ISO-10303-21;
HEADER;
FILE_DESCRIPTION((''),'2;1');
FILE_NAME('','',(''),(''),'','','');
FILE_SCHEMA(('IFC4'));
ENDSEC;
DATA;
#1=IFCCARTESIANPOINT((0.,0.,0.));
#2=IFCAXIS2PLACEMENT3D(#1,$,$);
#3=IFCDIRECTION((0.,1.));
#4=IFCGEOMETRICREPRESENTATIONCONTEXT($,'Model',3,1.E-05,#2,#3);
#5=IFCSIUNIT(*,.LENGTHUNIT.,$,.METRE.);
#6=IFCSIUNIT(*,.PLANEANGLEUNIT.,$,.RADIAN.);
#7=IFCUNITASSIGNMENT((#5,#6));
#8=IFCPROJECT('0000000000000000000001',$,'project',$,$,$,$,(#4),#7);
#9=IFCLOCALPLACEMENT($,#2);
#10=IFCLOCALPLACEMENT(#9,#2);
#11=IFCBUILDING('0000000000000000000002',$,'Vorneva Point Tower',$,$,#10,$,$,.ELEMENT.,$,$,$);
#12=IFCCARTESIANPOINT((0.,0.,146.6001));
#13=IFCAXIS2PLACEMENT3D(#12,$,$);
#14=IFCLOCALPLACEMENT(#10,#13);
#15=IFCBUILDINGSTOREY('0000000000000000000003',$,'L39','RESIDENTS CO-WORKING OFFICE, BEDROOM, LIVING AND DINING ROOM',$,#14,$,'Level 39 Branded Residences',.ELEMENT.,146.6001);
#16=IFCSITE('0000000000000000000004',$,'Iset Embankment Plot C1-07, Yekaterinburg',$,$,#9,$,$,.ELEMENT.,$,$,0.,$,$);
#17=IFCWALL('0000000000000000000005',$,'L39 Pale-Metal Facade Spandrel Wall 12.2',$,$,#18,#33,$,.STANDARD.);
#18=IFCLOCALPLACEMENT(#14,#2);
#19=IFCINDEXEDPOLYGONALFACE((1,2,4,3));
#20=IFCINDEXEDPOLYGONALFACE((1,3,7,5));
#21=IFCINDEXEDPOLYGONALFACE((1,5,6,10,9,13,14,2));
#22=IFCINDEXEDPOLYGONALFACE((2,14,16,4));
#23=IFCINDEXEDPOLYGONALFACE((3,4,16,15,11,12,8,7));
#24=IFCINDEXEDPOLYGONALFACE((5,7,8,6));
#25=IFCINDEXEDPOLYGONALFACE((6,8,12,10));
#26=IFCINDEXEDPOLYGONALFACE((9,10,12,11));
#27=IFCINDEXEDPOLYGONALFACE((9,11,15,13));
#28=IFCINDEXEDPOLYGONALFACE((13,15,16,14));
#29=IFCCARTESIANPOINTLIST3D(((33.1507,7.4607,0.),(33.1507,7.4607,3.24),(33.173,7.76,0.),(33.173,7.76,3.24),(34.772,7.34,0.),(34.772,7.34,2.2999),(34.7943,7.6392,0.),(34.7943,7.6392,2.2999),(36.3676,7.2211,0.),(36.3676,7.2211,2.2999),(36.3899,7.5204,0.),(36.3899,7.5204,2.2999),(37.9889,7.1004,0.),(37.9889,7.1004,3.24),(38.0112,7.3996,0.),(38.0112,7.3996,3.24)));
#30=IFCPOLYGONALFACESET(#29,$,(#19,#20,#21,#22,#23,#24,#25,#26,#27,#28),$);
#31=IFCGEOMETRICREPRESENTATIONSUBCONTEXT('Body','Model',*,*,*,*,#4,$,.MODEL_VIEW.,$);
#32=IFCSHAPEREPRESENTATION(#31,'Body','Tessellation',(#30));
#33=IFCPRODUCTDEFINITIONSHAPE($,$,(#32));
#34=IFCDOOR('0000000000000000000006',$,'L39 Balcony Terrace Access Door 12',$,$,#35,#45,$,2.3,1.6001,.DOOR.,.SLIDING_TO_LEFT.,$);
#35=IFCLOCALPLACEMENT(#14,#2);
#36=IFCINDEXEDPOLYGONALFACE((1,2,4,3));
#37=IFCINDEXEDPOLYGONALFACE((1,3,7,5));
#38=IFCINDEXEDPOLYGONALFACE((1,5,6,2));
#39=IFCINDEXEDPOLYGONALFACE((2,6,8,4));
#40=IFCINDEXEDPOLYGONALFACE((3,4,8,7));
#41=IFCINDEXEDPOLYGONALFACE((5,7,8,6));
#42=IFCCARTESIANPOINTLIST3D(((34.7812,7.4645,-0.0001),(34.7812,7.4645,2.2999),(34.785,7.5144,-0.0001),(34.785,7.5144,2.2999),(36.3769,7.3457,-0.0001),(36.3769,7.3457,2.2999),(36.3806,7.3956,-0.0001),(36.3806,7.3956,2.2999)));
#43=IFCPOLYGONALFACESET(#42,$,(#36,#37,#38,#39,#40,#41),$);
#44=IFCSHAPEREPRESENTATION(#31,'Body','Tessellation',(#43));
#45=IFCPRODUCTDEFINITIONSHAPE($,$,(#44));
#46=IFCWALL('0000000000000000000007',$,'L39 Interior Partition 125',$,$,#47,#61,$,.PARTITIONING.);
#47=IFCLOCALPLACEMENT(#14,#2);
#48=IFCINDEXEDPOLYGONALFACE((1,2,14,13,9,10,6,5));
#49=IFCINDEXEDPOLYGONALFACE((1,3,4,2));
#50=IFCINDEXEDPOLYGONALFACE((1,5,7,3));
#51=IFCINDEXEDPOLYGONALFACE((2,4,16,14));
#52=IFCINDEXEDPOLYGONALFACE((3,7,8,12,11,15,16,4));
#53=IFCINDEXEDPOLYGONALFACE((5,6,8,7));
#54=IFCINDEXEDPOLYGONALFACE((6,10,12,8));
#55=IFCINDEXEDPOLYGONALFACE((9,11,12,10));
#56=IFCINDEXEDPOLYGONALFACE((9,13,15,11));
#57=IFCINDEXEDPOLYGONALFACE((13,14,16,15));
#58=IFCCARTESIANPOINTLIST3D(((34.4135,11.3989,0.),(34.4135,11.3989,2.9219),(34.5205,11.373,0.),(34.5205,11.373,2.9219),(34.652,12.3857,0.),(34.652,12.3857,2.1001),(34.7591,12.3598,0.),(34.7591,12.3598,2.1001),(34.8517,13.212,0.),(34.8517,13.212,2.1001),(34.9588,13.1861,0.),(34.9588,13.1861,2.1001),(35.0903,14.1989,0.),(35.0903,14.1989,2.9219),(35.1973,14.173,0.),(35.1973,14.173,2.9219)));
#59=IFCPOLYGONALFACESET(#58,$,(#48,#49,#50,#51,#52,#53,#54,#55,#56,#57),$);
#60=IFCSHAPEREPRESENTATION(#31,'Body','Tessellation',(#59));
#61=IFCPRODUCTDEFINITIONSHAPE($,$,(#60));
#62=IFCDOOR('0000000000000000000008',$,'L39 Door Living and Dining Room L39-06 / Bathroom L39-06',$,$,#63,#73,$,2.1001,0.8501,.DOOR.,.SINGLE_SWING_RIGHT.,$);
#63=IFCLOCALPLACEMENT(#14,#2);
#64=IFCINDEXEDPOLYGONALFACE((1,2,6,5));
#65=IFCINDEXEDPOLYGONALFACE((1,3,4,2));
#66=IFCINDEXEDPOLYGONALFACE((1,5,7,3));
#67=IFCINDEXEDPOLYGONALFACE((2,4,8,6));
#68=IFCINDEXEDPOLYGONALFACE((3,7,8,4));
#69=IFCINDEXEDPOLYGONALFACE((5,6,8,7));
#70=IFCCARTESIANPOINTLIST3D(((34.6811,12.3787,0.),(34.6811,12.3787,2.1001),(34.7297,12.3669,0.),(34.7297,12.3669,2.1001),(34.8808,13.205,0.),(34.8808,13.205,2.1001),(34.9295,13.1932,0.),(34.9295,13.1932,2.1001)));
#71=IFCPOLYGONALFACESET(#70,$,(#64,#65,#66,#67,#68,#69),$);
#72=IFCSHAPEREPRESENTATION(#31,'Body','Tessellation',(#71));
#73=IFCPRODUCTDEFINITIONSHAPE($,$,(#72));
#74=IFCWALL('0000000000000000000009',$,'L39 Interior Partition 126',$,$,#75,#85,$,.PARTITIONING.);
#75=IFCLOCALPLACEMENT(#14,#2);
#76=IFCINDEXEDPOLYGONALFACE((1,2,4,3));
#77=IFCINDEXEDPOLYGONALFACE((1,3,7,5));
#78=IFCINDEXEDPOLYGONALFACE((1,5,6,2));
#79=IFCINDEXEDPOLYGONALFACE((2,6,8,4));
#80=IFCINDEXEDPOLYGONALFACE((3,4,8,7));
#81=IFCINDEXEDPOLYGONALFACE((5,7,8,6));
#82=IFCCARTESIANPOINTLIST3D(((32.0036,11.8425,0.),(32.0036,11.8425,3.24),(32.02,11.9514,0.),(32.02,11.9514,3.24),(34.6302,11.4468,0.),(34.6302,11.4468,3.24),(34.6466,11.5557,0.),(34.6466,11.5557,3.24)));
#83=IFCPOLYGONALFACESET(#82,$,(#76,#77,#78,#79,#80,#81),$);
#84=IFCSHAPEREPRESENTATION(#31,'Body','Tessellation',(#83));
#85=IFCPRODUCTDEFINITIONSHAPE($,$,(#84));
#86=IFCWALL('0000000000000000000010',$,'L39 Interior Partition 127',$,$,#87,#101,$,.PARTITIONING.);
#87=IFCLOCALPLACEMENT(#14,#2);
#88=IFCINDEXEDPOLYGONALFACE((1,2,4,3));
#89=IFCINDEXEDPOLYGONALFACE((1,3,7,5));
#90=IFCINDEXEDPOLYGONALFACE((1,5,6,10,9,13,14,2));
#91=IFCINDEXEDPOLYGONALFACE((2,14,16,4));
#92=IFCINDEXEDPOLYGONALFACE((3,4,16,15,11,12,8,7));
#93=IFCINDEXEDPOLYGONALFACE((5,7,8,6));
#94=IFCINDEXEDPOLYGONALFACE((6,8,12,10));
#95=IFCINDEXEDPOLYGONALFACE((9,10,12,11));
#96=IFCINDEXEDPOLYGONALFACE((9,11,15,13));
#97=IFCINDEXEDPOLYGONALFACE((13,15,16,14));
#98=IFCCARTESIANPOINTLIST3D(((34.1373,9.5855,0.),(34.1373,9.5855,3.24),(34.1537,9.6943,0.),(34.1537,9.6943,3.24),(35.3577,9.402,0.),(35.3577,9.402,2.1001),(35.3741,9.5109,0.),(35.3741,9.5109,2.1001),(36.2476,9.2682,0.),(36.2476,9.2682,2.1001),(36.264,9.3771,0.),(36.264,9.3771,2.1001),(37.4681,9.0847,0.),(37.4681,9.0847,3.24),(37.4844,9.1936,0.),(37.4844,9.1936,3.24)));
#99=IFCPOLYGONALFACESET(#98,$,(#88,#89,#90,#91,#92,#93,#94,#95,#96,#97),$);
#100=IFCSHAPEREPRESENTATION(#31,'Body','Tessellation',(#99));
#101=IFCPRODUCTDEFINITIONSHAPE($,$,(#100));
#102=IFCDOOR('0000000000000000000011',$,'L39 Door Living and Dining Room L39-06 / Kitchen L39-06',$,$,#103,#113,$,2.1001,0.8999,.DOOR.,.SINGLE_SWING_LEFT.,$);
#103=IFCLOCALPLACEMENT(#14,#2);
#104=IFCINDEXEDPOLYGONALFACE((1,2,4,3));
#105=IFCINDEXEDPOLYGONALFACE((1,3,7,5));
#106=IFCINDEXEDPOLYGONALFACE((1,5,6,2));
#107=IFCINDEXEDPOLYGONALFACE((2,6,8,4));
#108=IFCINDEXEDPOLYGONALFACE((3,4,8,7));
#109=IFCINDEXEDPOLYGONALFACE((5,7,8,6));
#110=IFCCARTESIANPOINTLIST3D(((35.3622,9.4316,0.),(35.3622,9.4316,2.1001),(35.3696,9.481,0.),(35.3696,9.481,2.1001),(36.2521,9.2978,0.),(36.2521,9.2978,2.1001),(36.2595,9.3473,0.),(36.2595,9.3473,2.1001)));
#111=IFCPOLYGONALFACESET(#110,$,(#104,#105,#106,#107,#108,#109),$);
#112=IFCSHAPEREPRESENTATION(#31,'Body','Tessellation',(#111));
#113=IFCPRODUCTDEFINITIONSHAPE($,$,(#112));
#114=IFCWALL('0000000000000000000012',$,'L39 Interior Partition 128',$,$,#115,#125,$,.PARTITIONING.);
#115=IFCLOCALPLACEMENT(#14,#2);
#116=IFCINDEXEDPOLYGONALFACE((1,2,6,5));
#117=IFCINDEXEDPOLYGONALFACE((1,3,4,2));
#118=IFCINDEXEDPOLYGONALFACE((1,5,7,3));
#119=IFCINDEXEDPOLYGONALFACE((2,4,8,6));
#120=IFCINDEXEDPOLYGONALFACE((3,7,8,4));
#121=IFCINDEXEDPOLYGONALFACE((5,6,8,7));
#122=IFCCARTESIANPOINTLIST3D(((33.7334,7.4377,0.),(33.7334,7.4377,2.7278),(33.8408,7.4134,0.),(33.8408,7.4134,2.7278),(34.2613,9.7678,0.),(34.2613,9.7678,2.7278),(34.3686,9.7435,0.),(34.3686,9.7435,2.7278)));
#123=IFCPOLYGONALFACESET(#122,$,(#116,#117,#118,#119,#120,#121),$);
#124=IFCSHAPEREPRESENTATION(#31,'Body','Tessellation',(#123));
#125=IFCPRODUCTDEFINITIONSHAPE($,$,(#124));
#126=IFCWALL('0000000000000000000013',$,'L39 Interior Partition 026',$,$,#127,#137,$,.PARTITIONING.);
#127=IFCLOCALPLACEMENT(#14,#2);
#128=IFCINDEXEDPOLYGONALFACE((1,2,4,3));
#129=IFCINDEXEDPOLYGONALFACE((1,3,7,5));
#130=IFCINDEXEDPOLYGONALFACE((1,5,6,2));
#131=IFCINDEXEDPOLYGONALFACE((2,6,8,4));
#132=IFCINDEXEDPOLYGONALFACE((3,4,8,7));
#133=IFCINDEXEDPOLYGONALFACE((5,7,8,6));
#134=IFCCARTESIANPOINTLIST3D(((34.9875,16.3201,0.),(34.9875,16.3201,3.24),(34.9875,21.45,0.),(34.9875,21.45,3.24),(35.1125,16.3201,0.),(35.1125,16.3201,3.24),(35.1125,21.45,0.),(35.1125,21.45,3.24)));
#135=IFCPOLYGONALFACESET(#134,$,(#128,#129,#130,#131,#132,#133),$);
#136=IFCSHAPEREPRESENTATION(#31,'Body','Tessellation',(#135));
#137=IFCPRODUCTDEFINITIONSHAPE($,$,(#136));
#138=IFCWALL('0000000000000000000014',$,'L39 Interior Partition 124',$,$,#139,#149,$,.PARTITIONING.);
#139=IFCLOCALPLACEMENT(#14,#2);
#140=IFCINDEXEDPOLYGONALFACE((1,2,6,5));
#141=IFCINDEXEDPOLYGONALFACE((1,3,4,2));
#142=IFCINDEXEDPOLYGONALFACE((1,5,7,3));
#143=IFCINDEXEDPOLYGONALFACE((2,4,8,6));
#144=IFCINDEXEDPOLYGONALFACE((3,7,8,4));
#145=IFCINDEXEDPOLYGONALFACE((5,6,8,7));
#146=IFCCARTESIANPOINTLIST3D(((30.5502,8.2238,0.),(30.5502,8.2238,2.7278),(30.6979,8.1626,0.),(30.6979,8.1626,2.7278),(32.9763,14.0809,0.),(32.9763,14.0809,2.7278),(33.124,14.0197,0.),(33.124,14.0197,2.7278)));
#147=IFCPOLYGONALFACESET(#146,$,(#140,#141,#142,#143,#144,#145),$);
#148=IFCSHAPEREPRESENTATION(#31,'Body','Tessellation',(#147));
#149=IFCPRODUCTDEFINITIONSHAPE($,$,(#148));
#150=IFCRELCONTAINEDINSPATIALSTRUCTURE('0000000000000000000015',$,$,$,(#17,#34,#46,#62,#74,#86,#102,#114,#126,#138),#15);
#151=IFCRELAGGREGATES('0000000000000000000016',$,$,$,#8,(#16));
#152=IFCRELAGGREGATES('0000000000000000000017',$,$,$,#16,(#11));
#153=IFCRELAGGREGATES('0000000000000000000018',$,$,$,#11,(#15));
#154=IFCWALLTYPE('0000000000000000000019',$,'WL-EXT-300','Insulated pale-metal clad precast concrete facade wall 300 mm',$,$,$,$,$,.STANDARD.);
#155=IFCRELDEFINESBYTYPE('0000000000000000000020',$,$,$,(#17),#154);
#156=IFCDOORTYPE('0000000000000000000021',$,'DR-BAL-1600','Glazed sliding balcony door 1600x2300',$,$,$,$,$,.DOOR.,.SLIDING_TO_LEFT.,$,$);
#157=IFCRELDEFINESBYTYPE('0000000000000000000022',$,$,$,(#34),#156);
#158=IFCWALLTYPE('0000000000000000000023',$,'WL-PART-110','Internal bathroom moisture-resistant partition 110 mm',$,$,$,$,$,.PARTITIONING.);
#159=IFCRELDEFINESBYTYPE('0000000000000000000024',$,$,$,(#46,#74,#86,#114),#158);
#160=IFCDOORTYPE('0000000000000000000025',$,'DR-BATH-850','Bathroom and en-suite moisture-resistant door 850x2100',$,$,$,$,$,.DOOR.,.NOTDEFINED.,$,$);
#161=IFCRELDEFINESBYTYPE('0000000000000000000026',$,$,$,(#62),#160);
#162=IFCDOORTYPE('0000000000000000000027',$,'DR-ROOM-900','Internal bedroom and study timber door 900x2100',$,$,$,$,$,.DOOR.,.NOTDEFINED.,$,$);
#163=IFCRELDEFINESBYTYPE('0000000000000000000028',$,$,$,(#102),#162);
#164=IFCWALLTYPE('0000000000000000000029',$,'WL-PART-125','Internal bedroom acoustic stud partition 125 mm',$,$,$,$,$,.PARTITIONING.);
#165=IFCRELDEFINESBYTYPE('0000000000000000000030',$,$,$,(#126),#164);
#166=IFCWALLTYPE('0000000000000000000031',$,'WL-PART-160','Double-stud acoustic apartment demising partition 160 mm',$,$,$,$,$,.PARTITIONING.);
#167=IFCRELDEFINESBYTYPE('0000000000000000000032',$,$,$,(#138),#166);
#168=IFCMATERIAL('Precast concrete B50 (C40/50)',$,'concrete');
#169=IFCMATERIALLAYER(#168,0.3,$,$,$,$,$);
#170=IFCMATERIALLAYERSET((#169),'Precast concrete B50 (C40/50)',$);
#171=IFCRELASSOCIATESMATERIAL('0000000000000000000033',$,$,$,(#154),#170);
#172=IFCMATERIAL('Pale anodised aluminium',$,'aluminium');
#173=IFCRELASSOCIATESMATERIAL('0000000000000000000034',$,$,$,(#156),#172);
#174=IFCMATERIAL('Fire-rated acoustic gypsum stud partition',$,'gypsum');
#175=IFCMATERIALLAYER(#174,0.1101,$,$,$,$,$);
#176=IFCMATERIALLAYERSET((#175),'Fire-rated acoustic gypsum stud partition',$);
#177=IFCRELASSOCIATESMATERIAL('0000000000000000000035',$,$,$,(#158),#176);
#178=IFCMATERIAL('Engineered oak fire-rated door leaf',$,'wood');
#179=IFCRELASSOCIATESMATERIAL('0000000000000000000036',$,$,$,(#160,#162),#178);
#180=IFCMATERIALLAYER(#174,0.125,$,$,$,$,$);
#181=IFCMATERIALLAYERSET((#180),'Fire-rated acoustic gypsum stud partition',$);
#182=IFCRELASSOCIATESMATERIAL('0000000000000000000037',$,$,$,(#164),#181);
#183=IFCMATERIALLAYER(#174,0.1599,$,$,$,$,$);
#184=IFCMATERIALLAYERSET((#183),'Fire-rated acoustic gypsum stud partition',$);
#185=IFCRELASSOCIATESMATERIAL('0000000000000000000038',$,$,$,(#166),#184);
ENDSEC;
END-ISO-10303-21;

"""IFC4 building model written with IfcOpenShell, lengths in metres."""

from ifc_helpers import new_model, si_unit, direction, frame, frame_2d, origin, place, context, subcontext, project, spatial, rectangle, extrude, material, layer, layer_set, type_object, element, fill, save


model = new_model("IFC4")

# Units and contexts
model_context = context("Model", 3, precision=1e-05, world=origin(), true_north=direction((0.0, 1.0)))
body_context = subcontext(model_context, "Body", "Model", "MODEL_VIEW")
ifc_project = project(units=[si_unit("LENGTHUNIT", "METRE"), si_unit("PLANEANGLEUNIT", "RADIAN")], contexts=[model_context])

# Site, building, storey
site_placement = place(None, origin())
site = spatial("IfcSite", under=ifc_project, at=site_placement, Name="Iset Embankment Plot C1-07, Yekaterinburg", CompositionType="ELEMENT", RefElevation=0.0)
building_placement = place(site_placement, origin())
building = spatial("IfcBuilding", under=site, at=building_placement, Name="Vorneva Point Tower", CompositionType="ELEMENT")
storey_placement = place(building_placement, frame((0.0, 0.0, 146.6001)))
storey = spatial("IfcBuildingStorey", under=building, at=storey_placement, Name="L39", Description="RESIDENTS CO-WORKING OFFICE, BEDROOM, LIVING AND DINING ROOM", LongName="Level 39 Branded Residences", CompositionType="ELEMENT", Elevation=146.6001)

# Walls, openings, doors
ifc_material_1 = material(Name="Precast concrete B50 (C40/50)", Category="concrete")
ifc_layer_1 = layer(ifc_material_1, 0.3)
ifc_layer_set_1 = layer_set([ifc_layer_1], Name="Precast concrete B50 (C40/50)")
wall_type_1 = type_object("IfcWallType", Name="WL-EXT-300", Description="Insulated pale-metal clad precast concrete facade wall 300 mm", PredefinedType="STANDARD", material=ifc_layer_set_1)
wall_1_placement = place(storey_placement, frame((33.1619, 7.6104, 0.0), z_axis=(0.0, 0.0, 1.0), x_axis=(0.997238, -0.074276, 0.0)))
wall_1 = element("IfcWall", 1, at=wall_1_placement, inside=storey, type_object=wall_type_1, Name="L39 Pale-Metal Facade Spandrel Wall 12.2", PredefinedType="STANDARD", context=body_context, shape_type="SweptSolid", body=[
    extrude(rectangle(XDim=4.8516, YDim=0.3, at=frame_2d((2.4258, 0.0))), origin(), (0.0, 0.0, 1.0), 3.24),
])
opening_1_placement = place(wall_1_placement, frame((1.6257, 0.0, 0.0)))
opening_1 = element("IfcOpeningElement", 2, at=opening_1_placement, cuts=wall_1, PredefinedType="OPENING", context=body_context, shape_type="SweptSolid", body=[
    extrude(rectangle(XDim=1.6001, YDim=2.3, at=frame_2d((0.8, 1.1499))), frame((0.0, 0.165, 0.0), z_axis=(0.0, -1.0, 0.0), x_axis=(1.0, 0.0, 0.0)), (0.0, 0.0, 1.0), 0.3298),
])
ifc_material_2 = material(Name="Pale anodised aluminium", Category="aluminium")
door_type_1 = type_object("IfcDoorType", Name="DR-BAL-1600", Description="Glazed sliding balcony door 1600x2300", OperationType="SLIDING_TO_LEFT", PredefinedType="DOOR", material=ifc_material_2)
door_1_placement = place(opening_1_placement, origin())
door_1 = element("IfcDoor", 3, at=door_1_placement, inside=storey, type_object=door_type_1, Name="L39 Balcony Terrace Access Door 12", OperationType="SLIDING_TO_LEFT", OverallHeight=2.3, OverallWidth=1.6001, PredefinedType="DOOR", context=body_context, shape_type="SweptSolid", body=[
    extrude(rectangle(XDim=1.6001, YDim=2.3, at=frame_2d((0.8, 1.1499))), frame((0.0, 0.0249, 0.0), z_axis=(0.0, -1.0, 0.0), x_axis=(1.0, 0.0, 0.0)), (0.0, 0.0, 1.0), 0.05),
])
fill(opening_1, door_1)
ifc_material_3 = material(Name="Fire-rated acoustic gypsum stud partition", Category="gypsum")
ifc_layer_2 = layer(ifc_material_3, 0.1101)
ifc_layer_set_2 = layer_set([ifc_layer_2], Name="Fire-rated acoustic gypsum stud partition")
wall_type_2 = type_object("IfcWallType", Name="WL-PART-110", Description="Internal bathroom moisture-resistant partition 110 mm", PredefinedType="PARTITIONING", material=ifc_layer_set_2)
wall_2_placement = place(storey_placement, frame((35.1438, 14.186, 0.0), z_axis=(0.0, 0.0, 1.0), x_axis=(-0.23493, -0.972012, 0.0)))
wall_2 = element("IfcWall", 4, at=wall_2_placement, inside=storey, type_object=wall_type_2, Name="L39 Interior Partition 125", PredefinedType="PARTITIONING", context=body_context, shape_type="SweptSolid", body=[
    extrude(rectangle(XDim=2.8806, YDim=0.1101, at=frame_2d((1.4404, 0.0))), origin(), (0.0, 0.0, 1.0), 2.9219),
])
opening_2_placement = place(wall_2_placement, frame((1.0154, 0.0, 0.0)))
opening_2 = element("IfcOpeningElement", 5, at=opening_2_placement, cuts=wall_2, PredefinedType="OPENING", context=body_context, shape_type="SweptSolid", body=[
    extrude(rectangle(XDim=0.8501, YDim=2.1001, at=frame_2d((0.425, 1.05))), frame((0.0, 0.0698, 0.0), z_axis=(0.0, -1.0, 0.0), x_axis=(1.0, 0.0, 0.0)), (0.0, 0.0, 1.0), 0.1399),
])
ifc_material_4 = material(Name="Engineered oak fire-rated door leaf", Category="wood")
door_type_2 = type_object("IfcDoorType", Name="DR-BATH-850", Description="Bathroom and en-suite moisture-resistant door 850x2100", OperationType="NOTDEFINED", PredefinedType="DOOR", material=ifc_material_4)
door_2_placement = place(opening_2_placement, origin())
door_2 = element("IfcDoor", 6, at=door_2_placement, inside=storey, type_object=door_type_2, Name="L39 Door Living and Dining Room L39-06 / Bathroom L39-06", OperationType="SINGLE_SWING_RIGHT", OverallHeight=2.1001, OverallWidth=0.8501, PredefinedType="DOOR", context=body_context, shape_type="SweptSolid", body=[
    extrude(rectangle(XDim=0.8501, YDim=2.1001, at=frame_2d((0.425, 1.05))), frame((0.0, 0.0249, 0.0), z_axis=(0.0, -1.0, 0.0), x_axis=(1.0, 0.0, 0.0)), (0.0, 0.0, 1.0), 0.05),
])
fill(opening_2, door_2)

# Wall
wall_3_placement = place(storey_placement, frame((34.6384, 11.5012, 0.0), z_axis=(0.0, 0.0, 1.0), x_axis=(-0.98884, 0.148983, 0.0)))
element("IfcWall", 7, at=wall_3_placement, inside=storey, type_object=wall_type_2, Name="L39 Interior Partition 126", PredefinedType="PARTITIONING", context=body_context, shape_type="SweptSolid", body=[
    extrude(rectangle(XDim=2.6562, YDim=0.1101, at=frame_2d((1.3281, 0.0))), origin(), (0.0, 0.0, 1.0), 3.24),
])

# Wall, opening, door
wall_4_placement = place(storey_placement, frame((34.1455, 9.6399, 0.0), z_axis=(0.0, 0.0, 1.0), x_axis=(0.988888, -0.148663, 0.0)))
wall_4 = element("IfcWall", 8, at=wall_4_placement, inside=storey, type_object=wall_type_2, Name="L39 Interior Partition 127", PredefinedType="PARTITIONING", context=body_context, shape_type="SweptSolid", body=[
    extrude(rectangle(XDim=3.3682, YDim=0.1101, at=frame_2d((1.6841, 0.0))), origin(), (0.0, 0.0, 1.0), 3.24),
])
opening_3_placement = place(wall_4_placement, frame((1.2341, 0.0, 0.0)))
opening_3 = element("IfcOpeningElement", 9, at=opening_3_placement, cuts=wall_4, PredefinedType="OPENING", context=body_context, shape_type="SweptSolid", body=[
    extrude(rectangle(XDim=0.8999, YDim=2.1001, at=frame_2d((0.45, 1.05))), frame((0.0, 0.0698, 0.0), z_axis=(0.0, -1.0, 0.0), x_axis=(1.0, 0.0, 0.0)), (0.0, 0.0, 1.0), 0.1399),
])
door_type_3 = type_object("IfcDoorType", Name="DR-ROOM-900", Description="Internal bedroom and study timber door 900x2100", OperationType="NOTDEFINED", PredefinedType="DOOR", material=ifc_material_4)
door_3_placement = place(opening_3_placement, origin())
door_3 = element("IfcDoor", 10, at=door_3_placement, inside=storey, type_object=door_type_3, Name="L39 Door Living and Dining Room L39-06 / Kitchen L39-06", OperationType="SINGLE_SWING_LEFT", OverallHeight=2.1001, OverallWidth=0.8999, PredefinedType="DOOR", context=body_context, shape_type="SweptSolid", body=[
    extrude(rectangle(XDim=0.8999, YDim=2.1001, at=frame_2d((0.45, 1.05))), frame((0.0, 0.0249, 0.0), z_axis=(0.0, -1.0, 0.0), x_axis=(1.0, 0.0, 0.0)), (0.0, 0.0, 1.0), 0.05),
])
fill(opening_3, door_3)

# Walls
wall_5_placement = place(storey_placement, frame((33.7871, 7.4255, 0.0), z_axis=(0.0, 0.0, 1.0), x_axis=(0.220932, 0.975289, 0.0)))
element("IfcWall", 11, at=wall_5_placement, inside=storey, type_object=wall_type_2, Name="L39 Interior Partition 128", PredefinedType="PARTITIONING", context=body_context, shape_type="SweptSolid", body=[
    extrude(rectangle(XDim=2.3892, YDim=0.1101, at=frame_2d((1.1946, 0.0))), origin(), (0.0, 0.0, 1.0), 2.7278),
])
ifc_layer_3 = layer(ifc_material_3, 0.125)
ifc_layer_set_3 = layer_set([ifc_layer_3], Name="Fire-rated acoustic gypsum stud partition")
wall_type_3 = type_object("IfcWallType", Name="WL-PART-125", Description="Internal bedroom acoustic stud partition 125 mm", PredefinedType="PARTITIONING", material=ifc_layer_set_3)
wall_6_placement = place(storey_placement, frame((35.05, 16.3201, 0.0), z_axis=(0.0, 0.0, 1.0), x_axis=(0.0, 1.0, 0.0)))
element("IfcWall", 12, at=wall_6_placement, inside=storey, type_object=wall_type_3, Name="L39 Interior Partition 026", PredefinedType="PARTITIONING", context=body_context, shape_type="SweptSolid", body=[
    extrude(rectangle(XDim=5.1299, YDim=0.125, at=frame_2d((2.5649, 0.0))), origin(), (0.0, 0.0, 1.0), 3.24),
])
ifc_layer_4 = layer(ifc_material_3, 0.1599)
ifc_layer_set_4 = layer_set([ifc_layer_4], Name="Fire-rated acoustic gypsum stud partition")
wall_type_4 = type_object("IfcWallType", Name="WL-PART-160", Description="Double-stud acoustic apartment demising partition 160 mm", PredefinedType="PARTITIONING", material=ifc_layer_set_4)
wall_7_placement = place(storey_placement, frame((30.624, 8.1931, 0.0), z_axis=(0.0, 0.0, 1.0), x_axis=(0.382684, 0.923879, 0.0)))
element("IfcWall", 13, at=wall_7_placement, inside=storey, type_object=wall_type_4, Name="L39 Interior Partition 124", PredefinedType="PARTITIONING", context=body_context, shape_type="SweptSolid", body=[
    extrude(rectangle(XDim=6.3396, YDim=0.1599, at=frame_2d((3.1699, 0.0))), origin(), (0.0, 0.0, 1.0), 2.7278),
])

save(model, "model.ifc")
